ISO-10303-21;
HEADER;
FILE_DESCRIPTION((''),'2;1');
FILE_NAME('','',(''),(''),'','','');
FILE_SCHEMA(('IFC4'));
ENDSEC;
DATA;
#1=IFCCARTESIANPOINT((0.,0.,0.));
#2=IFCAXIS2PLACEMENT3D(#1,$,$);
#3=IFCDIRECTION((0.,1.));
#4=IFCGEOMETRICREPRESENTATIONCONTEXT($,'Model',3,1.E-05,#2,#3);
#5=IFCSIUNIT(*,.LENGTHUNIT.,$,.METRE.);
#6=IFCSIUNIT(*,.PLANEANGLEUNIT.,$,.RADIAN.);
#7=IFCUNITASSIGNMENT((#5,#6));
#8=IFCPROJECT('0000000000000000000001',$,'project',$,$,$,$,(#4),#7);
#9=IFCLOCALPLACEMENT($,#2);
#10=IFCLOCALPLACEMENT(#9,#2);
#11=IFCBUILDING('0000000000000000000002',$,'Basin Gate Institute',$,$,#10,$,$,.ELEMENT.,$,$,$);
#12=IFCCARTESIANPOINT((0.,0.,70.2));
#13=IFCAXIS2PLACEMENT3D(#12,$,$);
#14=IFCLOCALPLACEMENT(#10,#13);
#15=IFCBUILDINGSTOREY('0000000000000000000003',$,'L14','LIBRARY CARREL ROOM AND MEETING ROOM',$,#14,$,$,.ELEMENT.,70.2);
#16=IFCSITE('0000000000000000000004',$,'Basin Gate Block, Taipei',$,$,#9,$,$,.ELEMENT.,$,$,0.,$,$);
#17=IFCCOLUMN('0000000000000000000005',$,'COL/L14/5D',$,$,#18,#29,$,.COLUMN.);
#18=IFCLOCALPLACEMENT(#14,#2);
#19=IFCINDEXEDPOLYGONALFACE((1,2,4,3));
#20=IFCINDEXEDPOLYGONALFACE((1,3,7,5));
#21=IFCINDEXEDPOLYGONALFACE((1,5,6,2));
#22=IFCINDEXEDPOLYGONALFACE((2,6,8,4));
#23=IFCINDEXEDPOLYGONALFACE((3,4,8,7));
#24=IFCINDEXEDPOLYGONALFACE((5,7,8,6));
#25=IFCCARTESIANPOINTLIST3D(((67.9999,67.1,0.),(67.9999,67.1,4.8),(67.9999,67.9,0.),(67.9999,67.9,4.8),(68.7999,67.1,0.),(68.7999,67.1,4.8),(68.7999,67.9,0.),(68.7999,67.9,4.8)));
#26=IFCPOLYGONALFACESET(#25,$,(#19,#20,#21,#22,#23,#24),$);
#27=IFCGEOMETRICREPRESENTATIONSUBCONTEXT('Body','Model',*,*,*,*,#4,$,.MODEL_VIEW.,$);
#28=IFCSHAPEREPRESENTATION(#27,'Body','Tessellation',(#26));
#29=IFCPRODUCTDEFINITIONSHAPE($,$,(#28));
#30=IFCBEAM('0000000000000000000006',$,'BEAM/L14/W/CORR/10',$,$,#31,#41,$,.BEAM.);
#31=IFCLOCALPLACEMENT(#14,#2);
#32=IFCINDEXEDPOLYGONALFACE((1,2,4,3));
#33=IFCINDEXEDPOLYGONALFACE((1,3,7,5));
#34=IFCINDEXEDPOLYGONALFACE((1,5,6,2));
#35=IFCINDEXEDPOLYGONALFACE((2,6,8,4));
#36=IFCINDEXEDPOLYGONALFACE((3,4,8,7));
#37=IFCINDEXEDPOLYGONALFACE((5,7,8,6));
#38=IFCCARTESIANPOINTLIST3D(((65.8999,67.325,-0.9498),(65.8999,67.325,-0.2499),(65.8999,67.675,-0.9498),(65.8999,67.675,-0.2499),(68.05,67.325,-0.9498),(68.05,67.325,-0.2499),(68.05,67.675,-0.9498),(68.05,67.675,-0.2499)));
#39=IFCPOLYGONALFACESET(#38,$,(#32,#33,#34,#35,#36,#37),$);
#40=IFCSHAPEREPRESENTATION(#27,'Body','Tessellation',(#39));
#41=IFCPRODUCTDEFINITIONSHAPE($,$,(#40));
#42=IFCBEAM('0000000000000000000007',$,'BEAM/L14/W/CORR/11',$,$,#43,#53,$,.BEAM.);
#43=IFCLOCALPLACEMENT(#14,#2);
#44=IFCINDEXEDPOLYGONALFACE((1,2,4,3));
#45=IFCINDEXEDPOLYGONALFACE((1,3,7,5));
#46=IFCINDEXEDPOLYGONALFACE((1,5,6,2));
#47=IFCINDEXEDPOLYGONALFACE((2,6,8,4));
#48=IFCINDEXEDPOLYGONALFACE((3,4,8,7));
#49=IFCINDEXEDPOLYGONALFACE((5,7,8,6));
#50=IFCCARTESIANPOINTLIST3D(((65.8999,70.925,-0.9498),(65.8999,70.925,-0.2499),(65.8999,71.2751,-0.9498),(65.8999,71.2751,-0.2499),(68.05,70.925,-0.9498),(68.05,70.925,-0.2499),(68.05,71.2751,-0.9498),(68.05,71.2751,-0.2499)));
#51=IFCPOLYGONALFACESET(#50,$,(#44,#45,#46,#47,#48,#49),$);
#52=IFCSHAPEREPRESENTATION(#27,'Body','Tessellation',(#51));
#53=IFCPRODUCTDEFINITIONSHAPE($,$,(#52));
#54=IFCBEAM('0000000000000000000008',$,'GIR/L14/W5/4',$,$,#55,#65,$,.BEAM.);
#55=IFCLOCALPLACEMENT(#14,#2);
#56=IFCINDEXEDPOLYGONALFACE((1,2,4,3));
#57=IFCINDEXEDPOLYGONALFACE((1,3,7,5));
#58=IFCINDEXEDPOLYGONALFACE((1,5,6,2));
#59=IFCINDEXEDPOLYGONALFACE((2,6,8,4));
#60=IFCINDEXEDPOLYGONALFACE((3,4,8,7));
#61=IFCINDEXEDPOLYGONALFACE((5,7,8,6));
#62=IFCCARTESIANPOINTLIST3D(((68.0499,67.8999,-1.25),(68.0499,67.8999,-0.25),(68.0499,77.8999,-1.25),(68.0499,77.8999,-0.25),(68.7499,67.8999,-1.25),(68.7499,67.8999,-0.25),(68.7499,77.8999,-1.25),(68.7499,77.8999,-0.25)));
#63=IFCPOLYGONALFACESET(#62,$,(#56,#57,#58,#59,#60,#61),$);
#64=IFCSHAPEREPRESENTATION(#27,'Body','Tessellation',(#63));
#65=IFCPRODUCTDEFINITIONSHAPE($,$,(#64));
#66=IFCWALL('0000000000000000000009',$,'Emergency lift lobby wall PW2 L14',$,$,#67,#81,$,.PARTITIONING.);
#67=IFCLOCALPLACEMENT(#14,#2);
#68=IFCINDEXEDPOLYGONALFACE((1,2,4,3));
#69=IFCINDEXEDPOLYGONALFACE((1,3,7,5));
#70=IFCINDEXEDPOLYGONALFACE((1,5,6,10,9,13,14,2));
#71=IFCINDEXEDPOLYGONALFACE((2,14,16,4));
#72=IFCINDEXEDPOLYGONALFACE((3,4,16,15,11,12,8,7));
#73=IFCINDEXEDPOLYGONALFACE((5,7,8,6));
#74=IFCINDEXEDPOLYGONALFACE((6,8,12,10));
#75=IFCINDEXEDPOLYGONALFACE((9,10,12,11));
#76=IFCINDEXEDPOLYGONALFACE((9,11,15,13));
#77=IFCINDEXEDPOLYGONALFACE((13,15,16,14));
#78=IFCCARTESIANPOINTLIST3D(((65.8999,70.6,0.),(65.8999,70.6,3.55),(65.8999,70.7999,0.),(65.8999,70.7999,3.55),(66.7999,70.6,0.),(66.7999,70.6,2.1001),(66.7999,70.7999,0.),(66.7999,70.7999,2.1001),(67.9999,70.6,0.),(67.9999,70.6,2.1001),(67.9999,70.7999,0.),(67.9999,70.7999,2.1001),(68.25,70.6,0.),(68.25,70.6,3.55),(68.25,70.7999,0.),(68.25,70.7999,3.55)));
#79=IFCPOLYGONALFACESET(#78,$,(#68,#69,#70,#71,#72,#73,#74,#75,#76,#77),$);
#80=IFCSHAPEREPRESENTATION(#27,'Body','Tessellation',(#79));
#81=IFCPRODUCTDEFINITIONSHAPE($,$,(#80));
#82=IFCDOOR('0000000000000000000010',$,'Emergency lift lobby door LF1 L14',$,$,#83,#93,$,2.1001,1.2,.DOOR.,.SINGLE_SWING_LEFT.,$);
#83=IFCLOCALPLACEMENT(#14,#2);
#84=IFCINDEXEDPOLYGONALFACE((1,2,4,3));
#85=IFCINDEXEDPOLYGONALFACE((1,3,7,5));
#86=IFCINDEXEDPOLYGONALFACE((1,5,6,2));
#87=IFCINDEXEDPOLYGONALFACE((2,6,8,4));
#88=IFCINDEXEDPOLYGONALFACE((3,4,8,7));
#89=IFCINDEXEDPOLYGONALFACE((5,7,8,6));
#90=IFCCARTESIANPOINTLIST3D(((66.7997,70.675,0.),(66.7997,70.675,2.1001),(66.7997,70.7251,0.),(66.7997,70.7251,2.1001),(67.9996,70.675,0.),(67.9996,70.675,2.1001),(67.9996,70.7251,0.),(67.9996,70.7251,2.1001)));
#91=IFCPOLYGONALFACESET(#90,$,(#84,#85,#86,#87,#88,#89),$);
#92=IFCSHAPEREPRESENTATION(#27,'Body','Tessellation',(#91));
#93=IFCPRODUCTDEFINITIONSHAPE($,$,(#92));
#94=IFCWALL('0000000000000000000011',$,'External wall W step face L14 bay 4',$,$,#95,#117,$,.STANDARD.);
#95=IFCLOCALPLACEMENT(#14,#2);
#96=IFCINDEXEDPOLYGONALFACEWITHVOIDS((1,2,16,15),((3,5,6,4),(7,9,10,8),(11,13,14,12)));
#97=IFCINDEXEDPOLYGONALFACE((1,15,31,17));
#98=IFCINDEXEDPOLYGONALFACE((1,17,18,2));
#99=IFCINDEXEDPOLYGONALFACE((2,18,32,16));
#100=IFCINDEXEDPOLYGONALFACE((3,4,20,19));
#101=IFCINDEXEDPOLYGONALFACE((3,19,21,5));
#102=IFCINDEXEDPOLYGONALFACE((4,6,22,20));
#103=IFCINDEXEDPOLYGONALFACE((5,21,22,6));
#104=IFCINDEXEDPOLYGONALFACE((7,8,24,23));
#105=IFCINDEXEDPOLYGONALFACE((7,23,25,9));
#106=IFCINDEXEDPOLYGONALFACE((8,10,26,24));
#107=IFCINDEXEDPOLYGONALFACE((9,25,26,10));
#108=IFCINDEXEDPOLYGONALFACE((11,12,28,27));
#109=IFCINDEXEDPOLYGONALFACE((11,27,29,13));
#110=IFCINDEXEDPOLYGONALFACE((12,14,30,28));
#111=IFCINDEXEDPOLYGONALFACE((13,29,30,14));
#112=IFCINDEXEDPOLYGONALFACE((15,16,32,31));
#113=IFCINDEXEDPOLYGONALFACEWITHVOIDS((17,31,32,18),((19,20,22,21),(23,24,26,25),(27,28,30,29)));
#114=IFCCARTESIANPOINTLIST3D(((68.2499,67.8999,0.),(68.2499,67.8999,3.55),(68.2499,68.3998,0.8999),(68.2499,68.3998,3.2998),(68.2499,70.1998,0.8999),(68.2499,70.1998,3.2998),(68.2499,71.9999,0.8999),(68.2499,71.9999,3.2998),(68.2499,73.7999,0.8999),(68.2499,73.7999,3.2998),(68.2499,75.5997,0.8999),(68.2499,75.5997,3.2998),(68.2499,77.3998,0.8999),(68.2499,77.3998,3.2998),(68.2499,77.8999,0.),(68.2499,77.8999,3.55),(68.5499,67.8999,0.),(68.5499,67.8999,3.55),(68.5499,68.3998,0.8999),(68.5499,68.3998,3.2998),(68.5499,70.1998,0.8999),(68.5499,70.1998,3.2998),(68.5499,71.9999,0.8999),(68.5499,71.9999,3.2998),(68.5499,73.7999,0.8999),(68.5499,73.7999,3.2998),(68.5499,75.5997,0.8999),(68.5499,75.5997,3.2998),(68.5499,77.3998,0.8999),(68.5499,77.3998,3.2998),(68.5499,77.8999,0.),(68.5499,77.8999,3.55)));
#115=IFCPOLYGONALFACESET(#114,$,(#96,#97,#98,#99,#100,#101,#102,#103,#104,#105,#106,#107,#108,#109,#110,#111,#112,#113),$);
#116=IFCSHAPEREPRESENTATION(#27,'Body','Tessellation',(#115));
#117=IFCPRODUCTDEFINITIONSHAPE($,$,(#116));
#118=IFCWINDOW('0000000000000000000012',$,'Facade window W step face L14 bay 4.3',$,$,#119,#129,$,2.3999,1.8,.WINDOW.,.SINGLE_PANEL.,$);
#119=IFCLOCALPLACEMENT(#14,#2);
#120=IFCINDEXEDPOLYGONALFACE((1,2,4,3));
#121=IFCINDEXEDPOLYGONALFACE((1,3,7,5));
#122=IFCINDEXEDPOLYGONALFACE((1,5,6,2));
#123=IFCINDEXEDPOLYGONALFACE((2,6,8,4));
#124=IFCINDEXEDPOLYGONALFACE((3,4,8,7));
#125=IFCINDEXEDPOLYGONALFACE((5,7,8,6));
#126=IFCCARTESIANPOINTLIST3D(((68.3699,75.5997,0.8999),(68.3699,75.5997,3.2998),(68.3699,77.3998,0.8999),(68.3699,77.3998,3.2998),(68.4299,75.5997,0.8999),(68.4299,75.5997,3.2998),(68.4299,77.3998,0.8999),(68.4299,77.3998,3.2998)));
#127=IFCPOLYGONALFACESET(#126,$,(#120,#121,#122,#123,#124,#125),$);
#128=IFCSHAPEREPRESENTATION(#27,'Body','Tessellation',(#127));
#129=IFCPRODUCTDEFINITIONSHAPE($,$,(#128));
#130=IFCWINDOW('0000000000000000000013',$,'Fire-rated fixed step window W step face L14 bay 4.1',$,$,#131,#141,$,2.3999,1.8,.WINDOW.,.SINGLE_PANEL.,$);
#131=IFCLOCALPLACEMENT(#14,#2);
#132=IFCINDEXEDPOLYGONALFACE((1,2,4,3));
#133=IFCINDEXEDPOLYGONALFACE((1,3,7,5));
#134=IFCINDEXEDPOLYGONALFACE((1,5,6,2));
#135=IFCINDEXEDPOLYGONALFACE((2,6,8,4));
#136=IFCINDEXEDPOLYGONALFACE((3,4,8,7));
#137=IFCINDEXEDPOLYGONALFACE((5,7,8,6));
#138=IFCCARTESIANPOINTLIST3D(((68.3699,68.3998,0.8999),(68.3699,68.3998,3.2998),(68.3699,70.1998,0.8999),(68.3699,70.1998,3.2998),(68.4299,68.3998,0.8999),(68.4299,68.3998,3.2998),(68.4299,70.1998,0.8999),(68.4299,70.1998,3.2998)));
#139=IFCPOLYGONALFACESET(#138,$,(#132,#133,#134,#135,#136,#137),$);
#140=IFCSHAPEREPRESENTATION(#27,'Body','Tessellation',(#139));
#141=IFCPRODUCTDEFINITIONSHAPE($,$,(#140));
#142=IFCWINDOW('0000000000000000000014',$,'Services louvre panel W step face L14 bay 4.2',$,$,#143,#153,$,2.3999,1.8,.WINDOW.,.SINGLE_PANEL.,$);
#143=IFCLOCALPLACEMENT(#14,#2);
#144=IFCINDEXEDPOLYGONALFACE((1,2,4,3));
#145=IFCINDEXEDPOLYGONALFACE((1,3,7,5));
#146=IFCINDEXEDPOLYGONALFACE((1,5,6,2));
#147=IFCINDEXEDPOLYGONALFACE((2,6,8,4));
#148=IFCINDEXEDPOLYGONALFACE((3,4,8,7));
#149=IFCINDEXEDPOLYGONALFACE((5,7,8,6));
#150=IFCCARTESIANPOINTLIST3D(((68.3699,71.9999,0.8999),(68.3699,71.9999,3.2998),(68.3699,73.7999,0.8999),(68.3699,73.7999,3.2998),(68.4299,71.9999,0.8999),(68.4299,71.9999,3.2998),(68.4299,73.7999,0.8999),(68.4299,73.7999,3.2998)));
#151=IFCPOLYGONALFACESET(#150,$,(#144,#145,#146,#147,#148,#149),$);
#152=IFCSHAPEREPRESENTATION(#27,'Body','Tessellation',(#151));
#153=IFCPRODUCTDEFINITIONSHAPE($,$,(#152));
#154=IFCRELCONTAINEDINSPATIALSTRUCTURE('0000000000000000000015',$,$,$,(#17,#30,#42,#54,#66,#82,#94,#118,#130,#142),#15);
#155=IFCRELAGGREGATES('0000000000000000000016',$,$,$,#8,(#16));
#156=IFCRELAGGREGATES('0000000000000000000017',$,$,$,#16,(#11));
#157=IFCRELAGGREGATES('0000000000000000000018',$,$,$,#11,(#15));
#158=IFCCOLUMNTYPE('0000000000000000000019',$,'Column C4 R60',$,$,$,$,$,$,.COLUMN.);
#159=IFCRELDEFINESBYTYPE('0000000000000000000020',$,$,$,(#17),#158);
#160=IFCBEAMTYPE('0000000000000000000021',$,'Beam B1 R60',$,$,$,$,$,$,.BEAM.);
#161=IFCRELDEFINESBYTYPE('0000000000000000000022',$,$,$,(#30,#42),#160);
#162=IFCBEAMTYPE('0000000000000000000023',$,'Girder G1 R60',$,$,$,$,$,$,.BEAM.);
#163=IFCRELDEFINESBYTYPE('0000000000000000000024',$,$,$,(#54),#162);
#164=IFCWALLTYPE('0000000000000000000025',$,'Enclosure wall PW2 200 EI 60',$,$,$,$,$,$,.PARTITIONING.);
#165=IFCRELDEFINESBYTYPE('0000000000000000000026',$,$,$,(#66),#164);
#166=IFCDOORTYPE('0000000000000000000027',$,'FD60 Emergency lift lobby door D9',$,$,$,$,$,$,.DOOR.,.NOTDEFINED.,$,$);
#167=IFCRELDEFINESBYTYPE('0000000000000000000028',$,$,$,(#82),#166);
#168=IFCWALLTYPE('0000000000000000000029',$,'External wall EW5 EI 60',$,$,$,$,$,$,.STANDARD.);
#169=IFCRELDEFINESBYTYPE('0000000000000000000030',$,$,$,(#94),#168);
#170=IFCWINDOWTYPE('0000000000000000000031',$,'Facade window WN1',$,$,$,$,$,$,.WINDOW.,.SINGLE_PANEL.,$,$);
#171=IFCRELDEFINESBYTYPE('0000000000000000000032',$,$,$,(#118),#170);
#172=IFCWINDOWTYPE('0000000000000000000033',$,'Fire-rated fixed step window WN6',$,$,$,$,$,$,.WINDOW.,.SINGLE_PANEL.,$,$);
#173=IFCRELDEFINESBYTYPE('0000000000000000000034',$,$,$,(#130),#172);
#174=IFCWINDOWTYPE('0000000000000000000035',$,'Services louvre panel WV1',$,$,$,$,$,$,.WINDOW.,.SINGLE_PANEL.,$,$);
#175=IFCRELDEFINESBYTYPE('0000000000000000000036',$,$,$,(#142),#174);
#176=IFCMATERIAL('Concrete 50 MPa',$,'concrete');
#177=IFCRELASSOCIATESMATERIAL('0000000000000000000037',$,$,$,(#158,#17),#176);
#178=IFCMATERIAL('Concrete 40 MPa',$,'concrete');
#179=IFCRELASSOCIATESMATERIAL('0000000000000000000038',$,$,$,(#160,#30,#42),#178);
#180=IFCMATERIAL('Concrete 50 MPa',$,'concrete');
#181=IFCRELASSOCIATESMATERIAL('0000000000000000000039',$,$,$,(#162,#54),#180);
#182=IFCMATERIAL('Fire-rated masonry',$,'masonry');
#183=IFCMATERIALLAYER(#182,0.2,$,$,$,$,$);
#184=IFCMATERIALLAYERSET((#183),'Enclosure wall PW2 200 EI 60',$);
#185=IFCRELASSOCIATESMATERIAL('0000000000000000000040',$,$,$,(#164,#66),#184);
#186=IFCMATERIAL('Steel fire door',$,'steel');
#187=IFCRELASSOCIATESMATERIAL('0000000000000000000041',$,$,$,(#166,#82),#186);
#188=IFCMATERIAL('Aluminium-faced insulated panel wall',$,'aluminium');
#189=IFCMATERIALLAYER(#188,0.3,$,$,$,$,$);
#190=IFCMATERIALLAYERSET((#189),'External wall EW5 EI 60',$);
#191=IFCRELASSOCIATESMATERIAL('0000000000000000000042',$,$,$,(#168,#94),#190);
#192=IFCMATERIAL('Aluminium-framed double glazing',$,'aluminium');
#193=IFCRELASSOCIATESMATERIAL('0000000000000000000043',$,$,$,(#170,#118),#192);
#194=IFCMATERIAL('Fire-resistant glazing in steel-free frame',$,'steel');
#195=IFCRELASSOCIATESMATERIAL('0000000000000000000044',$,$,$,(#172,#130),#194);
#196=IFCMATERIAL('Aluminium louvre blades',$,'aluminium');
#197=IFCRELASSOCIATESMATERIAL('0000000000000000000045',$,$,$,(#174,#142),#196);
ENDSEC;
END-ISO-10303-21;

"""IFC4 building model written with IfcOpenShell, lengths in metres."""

from ifc_helpers import new_model, si_unit, direction, frame, frame_2d, origin, origin_2d, place, context, subcontext, project, spatial, rectangle, extrude, material, layer, layer_set, material_profile, profile_set, type_object, element, fill, save


model = new_model("IFC4")

# Units and contexts
model_context = context("Model", 3, precision=1e-05, world=origin(), true_north=direction((0.0, 1.0)))
body_context = subcontext(model_context, "Body", "Model", "MODEL_VIEW")
ifc_project = project(units=[si_unit("LENGTHUNIT", "METRE"), si_unit("PLANEANGLEUNIT", "RADIAN")], contexts=[model_context])

# Site, building, storey
site_placement = place(None, origin())
site = spatial("IfcSite", under=ifc_project, at=site_placement, Name="Basin Gate Block, Taipei", CompositionType="ELEMENT", RefElevation=0.0)
building_placement = place(site_placement, origin())
building = spatial("IfcBuilding", under=site, at=building_placement, Name="Basin Gate Institute", CompositionType="ELEMENT")
storey_placement = place(building_placement, frame((0.0, 0.0, 70.2)))
storey = spatial("IfcBuildingStorey", under=building, at=storey_placement, Name="L14", Description="LIBRARY CARREL ROOM AND MEETING ROOM", CompositionType="ELEMENT", Elevation=70.2)

# Column
ifc_material_1 = material(Name="Concrete 50 MPa", Category="concrete")
ifc_material_profile_1 = material_profile(ifc_material_1, rectangle(XDim=0.8, YDim=0.8, at=origin_2d()), Name="Column C4 800 x 800")
ifc_profile_set_1 = profile_set([ifc_material_profile_1], Name="Concrete 50 MPa")
column_type = type_object("IfcColumnType", Name="Column C4 R60", PredefinedType="COLUMN", material=ifc_profile_set_1)
column_placement = place(storey_placement, frame((68.3999, 67.5, 0.0), z_axis=(0.0, 0.0, 1.0), x_axis=(1.0, 0.0, 0.0)))
element("IfcColumn", 1, at=column_placement, inside=storey, type_object=column_type, material=ifc_profile_set_1, Name="COL/L14/5D", PredefinedType="COLUMN", context=body_context, shape_type="SweptSolid", body=[
    extrude(rectangle(XDim=0.8, YDim=0.8, at=origin_2d()), origin(), (0.0, 0.0, 1.0), 4.8),
])

# Beams
ifc_material_2 = material(Name="Concrete 40 MPa", Category="concrete")
ifc_material_profile_2 = material_profile(ifc_material_2, rectangle(XDim=0.3501, YDim=0.7, at=origin_2d()), Name="Beam B1 350 x 700")
ifc_profile_set_2 = profile_set([ifc_material_profile_2], Name="Concrete 40 MPa")
beam_type_1 = type_object("IfcBeamType", Name="Beam B1 R60", PredefinedType="BEAM", material=ifc_profile_set_2)
for number, where, z_axis, x_axis, name in (
    (2, (65.8999, 67.5, -0.5999), (1.0, 0.0, 0.0), (0.0, 1.0, 0.0), "BEAM/L14/W/CORR/10"),
    (3, (65.8999, 71.1001, -0.5999), (1.0, 0.0, 0.0), (0.0, 1.0, 0.0), "BEAM/L14/W/CORR/11"),
):
    element("IfcBeam", number, at=place(storey_placement, frame(where, z_axis=z_axis, x_axis=x_axis)), inside=storey, type_object=beam_type_1, material=ifc_profile_set_2, Name=name, PredefinedType="BEAM", context=body_context, shape_type="SweptSolid", body=[
        extrude(rectangle(XDim=0.3501, YDim=0.7, at=origin_2d()), origin(), (0.0, 0.0, 1.0), 2.1501),
    ])
ifc_material_3 = material(Name="Concrete 50 MPa", Category="concrete")
ifc_material_profile_3 = material_profile(ifc_material_3, rectangle(XDim=0.7, YDim=1.0, at=origin_2d()), Name="Girder G1 700 x 1000")
ifc_profile_set_3 = profile_set([ifc_material_profile_3], Name="Concrete 50 MPa")
beam_type_2 = type_object("IfcBeamType", Name="Girder G1 R60", PredefinedType="BEAM", material=ifc_profile_set_3)
beam_placement = place(storey_placement, frame((68.3999, 67.8999, -0.75), z_axis=(0.0, 1.0, 0.0), x_axis=(-1.0, 0.0, 0.0)))
element("IfcBeam", 4, at=beam_placement, inside=storey, type_object=beam_type_2, material=ifc_profile_set_3, Name="GIR/L14/W5/4", PredefinedType="BEAM", context=body_context, shape_type="SweptSolid", body=[
    extrude(rectangle(XDim=0.7, YDim=1.0, at=origin_2d()), origin(), (0.0, 0.0, 1.0), 10.0),
])

# Wall, opening, door
ifc_material_4 = material(Name="Fire-rated masonry", Category="masonry")
ifc_layer_1 = layer(ifc_material_4, 0.2)
ifc_layer_set_1 = layer_set([ifc_layer_1], Name="Enclosure wall PW2 200 EI 60")
wall_type_1 = type_object("IfcWallType", Name="Enclosure wall PW2 200 EI 60", PredefinedType="PARTITIONING", material=ifc_layer_set_1)
wall_1_placement = place(storey_placement, frame((65.8999, 70.7, 0.0), z_axis=(0.0, 0.0, 1.0), x_axis=(1.0, 0.0, 0.0)))
wall_1 = element("IfcWall", 5, at=wall_1_placement, inside=storey, type_object=wall_type_1, material=ifc_layer_set_1, Name="Emergency lift lobby wall PW2 L14", PredefinedType="PARTITIONING", context=body_context, shape_type="SweptSolid", body=[
    extrude(rectangle(XDim=2.3501, YDim=0.2, at=frame_2d((1.175, 0.0))), origin(), (0.0, 0.0, 1.0), 3.55),
])
opening_1_placement = place(wall_1_placement, frame((0.8999, 0.0, 0.0)))
opening_1 = element("IfcOpeningElement", 6, at=opening_1_placement, cuts=wall_1, PredefinedType="OPENING", context=body_context, shape_type="SweptSolid", body=[
    extrude(rectangle(XDim=1.2, YDim=2.1001, at=frame_2d((0.6001, 1.05))), frame((0.0, 0.1099, 0.0), z_axis=(0.0, -1.0, 0.0), x_axis=(1.0, 0.0, 0.0)), (0.0, 0.0, 1.0), 0.22),
])
ifc_material_5 = material(Name="Steel fire door", Category="steel")
door_type = type_object("IfcDoorType", Name="FD60 Emergency lift lobby door D9", OperationType="NOTDEFINED", PredefinedType="DOOR", material=ifc_material_5)
door_placement = place(opening_1_placement, frame((1.2, 0.0, 0.0), z_axis=(0.0, 0.0, 1.0), x_axis=(-1.0, 0.0, 0.0)))
door = element("IfcDoor", 7, at=door_placement, inside=storey, type_object=door_type, material=ifc_material_5, Name="Emergency lift lobby door LF1 L14", OperationType="SINGLE_SWING_LEFT", OverallHeight=2.1001, OverallWidth=1.2, PredefinedType="DOOR", context=body_context, shape_type="SweptSolid", body=[
    extrude(rectangle(XDim=1.2, YDim=2.1001, at=frame_2d((0.6001, 1.05))), frame((0.0, 0.0249, 0.0), z_axis=(0.0, -1.0, 0.0), x_axis=(1.0, 0.0, 0.0)), (0.0, 0.0, 1.0), 0.05),
])
fill(opening_1, door)

# Wall, openings, windows
ifc_material_6 = material(Name="Aluminium-faced insulated panel wall", Category="aluminium")
ifc_layer_2 = layer(ifc_material_6, 0.3)
ifc_layer_set_2 = layer_set([ifc_layer_2], Name="External wall EW5 EI 60")
wall_type_2 = type_object("IfcWallType", Name="External wall EW5 EI 60", PredefinedType="STANDARD", material=ifc_layer_set_2)
wall_2_placement = place(storey_placement, frame((68.3999, 67.8999, 0.0), z_axis=(0.0, 0.0, 1.0), x_axis=(0.0, 1.0, 0.0)))
wall_2 = element("IfcWall", 8, at=wall_2_placement, inside=storey, type_object=wall_type_2, material=ifc_layer_set_2, Name="External wall W step face L14 bay 4", PredefinedType="STANDARD", context=body_context, shape_type="SweptSolid", body=[
    extrude(rectangle(XDim=10.0, YDim=0.3, at=frame_2d((5.0, 0.0))), origin(), (0.0, 0.0, 1.0), 3.55),
])
opening_2_placement = place(wall_2_placement, frame((0.5, 0.0, 0.8999)))
opening_2 = element("IfcOpeningElement", 9, at=opening_2_placement, cuts=wall_2, PredefinedType="OPENING", context=body_context, shape_type="SweptSolid", body=[
    extrude(rectangle(XDim=1.8, YDim=2.3999, at=frame_2d((0.8999, 1.2))), frame((0.0, 0.1602, 0.0), z_axis=(0.0, -1.0, 0.0), x_axis=(1.0, 0.0, 0.0)), (0.0, 0.0, 1.0), 0.3201),
])
opening_3_placement = place(wall_2_placement, frame((4.1001, 0.0, 0.8999)))
opening_3 = element("IfcOpeningElement", 10, at=opening_3_placement, cuts=wall_2, PredefinedType="OPENING", context=body_context, shape_type="SweptSolid", body=[
    extrude(rectangle(XDim=1.8, YDim=2.3999, at=frame_2d((0.8999, 1.2))), frame((0.0, 0.1602, 0.0), z_axis=(0.0, -1.0, 0.0), x_axis=(1.0, 0.0, 0.0)), (0.0, 0.0, 1.0), 0.3201),
])
opening_4_placement = place(wall_2_placement, frame((7.7, 0.0, 0.8999)))
opening_4 = element("IfcOpeningElement", 11, at=opening_4_placement, cuts=wall_2, PredefinedType="OPENING", context=body_context, shape_type="SweptSolid", body=[
    extrude(rectangle(XDim=1.8, YDim=2.3999, at=frame_2d((0.8999, 1.2))), frame((0.0, 0.1602, 0.0), z_axis=(0.0, -1.0, 0.0), x_axis=(1.0, 0.0, 0.0)), (0.0, 0.0, 1.0), 0.3201),
])
ifc_material_7 = material(Name="Aluminium-framed double glazing", Category="aluminium")
window_type_1 = type_object("IfcWindowType", Name="Facade window WN1", PartitioningType="SINGLE_PANEL", PredefinedType="WINDOW", material=ifc_material_7)
window_1_placement = place(opening_4_placement, origin())
window_1 = element("IfcWindow", 12, at=window_1_placement, inside=storey, type_object=window_type_1, material=ifc_material_7, Name="Facade window W step face L14 bay 4.3", OverallHeight=2.3999, OverallWidth=1.8, PartitioningType="SINGLE_PANEL", PredefinedType="WINDOW", context=body_context, shape_type="SweptSolid", body=[
    extrude(rectangle(XDim=1.8, YDim=2.3999, at=frame_2d((0.8999, 1.2))), frame((0.0, 0.03, 0.0), z_axis=(0.0, -1.0, 0.0), x_axis=(1.0, 0.0, 0.0)), (0.0, 0.0, 1.0), 0.0601),
])
fill(opening_4, window_1)
ifc_material_8 = material(Name="Fire-resistant glazing in steel-free frame", Category="steel")
window_type_2 = type_object("IfcWindowType", Name="Fire-rated fixed step window WN6", PartitioningType="SINGLE_PANEL", PredefinedType="WINDOW", material=ifc_material_8)
window_2_placement = place(opening_2_placement, origin())
window_2 = element("IfcWindow", 13, at=window_2_placement, inside=storey, type_object=window_type_2, material=ifc_material_8, Name="Fire-rated fixed step window W step face L14 bay 4.1", OverallHeight=2.3999, OverallWidth=1.8, PartitioningType="SINGLE_PANEL", PredefinedType="WINDOW", context=body_context, shape_type="SweptSolid", body=[
    extrude(rectangle(XDim=1.8, YDim=2.3999, at=frame_2d((0.8999, 1.2))), frame((0.0, 0.03, 0.0), z_axis=(0.0, -1.0, 0.0), x_axis=(1.0, 0.0, 0.0)), (0.0, 0.0, 1.0), 0.0601),
])
fill(opening_2, window_2)
ifc_material_9 = material(Name="Aluminium louvre blades", Category="aluminium")
window_type_3 = type_object("IfcWindowType", Name="Services louvre panel WV1", PartitioningType="SINGLE_PANEL", PredefinedType="WINDOW", material=ifc_material_9)
window_3_placement = place(opening_3_placement, origin())
window_3 = element("IfcWindow", 14, at=window_3_placement, inside=storey, type_object=window_type_3, material=ifc_material_9, Name="Services louvre panel W step face L14 bay 4.2", OverallHeight=2.3999, OverallWidth=1.8, PartitioningType="SINGLE_PANEL", PredefinedType="WINDOW", context=body_context, shape_type="SweptSolid", body=[
    extrude(rectangle(XDim=1.8, YDim=2.3999, at=frame_2d((0.8999, 1.2))), frame((0.0, 0.03, 0.0), z_axis=(0.0, -1.0, 0.0), x_axis=(1.0, 0.0, 0.0)), (0.0, 0.0, 1.0), 0.0601),
])
fill(opening_3, window_3)

save(model, "model.ifc")
